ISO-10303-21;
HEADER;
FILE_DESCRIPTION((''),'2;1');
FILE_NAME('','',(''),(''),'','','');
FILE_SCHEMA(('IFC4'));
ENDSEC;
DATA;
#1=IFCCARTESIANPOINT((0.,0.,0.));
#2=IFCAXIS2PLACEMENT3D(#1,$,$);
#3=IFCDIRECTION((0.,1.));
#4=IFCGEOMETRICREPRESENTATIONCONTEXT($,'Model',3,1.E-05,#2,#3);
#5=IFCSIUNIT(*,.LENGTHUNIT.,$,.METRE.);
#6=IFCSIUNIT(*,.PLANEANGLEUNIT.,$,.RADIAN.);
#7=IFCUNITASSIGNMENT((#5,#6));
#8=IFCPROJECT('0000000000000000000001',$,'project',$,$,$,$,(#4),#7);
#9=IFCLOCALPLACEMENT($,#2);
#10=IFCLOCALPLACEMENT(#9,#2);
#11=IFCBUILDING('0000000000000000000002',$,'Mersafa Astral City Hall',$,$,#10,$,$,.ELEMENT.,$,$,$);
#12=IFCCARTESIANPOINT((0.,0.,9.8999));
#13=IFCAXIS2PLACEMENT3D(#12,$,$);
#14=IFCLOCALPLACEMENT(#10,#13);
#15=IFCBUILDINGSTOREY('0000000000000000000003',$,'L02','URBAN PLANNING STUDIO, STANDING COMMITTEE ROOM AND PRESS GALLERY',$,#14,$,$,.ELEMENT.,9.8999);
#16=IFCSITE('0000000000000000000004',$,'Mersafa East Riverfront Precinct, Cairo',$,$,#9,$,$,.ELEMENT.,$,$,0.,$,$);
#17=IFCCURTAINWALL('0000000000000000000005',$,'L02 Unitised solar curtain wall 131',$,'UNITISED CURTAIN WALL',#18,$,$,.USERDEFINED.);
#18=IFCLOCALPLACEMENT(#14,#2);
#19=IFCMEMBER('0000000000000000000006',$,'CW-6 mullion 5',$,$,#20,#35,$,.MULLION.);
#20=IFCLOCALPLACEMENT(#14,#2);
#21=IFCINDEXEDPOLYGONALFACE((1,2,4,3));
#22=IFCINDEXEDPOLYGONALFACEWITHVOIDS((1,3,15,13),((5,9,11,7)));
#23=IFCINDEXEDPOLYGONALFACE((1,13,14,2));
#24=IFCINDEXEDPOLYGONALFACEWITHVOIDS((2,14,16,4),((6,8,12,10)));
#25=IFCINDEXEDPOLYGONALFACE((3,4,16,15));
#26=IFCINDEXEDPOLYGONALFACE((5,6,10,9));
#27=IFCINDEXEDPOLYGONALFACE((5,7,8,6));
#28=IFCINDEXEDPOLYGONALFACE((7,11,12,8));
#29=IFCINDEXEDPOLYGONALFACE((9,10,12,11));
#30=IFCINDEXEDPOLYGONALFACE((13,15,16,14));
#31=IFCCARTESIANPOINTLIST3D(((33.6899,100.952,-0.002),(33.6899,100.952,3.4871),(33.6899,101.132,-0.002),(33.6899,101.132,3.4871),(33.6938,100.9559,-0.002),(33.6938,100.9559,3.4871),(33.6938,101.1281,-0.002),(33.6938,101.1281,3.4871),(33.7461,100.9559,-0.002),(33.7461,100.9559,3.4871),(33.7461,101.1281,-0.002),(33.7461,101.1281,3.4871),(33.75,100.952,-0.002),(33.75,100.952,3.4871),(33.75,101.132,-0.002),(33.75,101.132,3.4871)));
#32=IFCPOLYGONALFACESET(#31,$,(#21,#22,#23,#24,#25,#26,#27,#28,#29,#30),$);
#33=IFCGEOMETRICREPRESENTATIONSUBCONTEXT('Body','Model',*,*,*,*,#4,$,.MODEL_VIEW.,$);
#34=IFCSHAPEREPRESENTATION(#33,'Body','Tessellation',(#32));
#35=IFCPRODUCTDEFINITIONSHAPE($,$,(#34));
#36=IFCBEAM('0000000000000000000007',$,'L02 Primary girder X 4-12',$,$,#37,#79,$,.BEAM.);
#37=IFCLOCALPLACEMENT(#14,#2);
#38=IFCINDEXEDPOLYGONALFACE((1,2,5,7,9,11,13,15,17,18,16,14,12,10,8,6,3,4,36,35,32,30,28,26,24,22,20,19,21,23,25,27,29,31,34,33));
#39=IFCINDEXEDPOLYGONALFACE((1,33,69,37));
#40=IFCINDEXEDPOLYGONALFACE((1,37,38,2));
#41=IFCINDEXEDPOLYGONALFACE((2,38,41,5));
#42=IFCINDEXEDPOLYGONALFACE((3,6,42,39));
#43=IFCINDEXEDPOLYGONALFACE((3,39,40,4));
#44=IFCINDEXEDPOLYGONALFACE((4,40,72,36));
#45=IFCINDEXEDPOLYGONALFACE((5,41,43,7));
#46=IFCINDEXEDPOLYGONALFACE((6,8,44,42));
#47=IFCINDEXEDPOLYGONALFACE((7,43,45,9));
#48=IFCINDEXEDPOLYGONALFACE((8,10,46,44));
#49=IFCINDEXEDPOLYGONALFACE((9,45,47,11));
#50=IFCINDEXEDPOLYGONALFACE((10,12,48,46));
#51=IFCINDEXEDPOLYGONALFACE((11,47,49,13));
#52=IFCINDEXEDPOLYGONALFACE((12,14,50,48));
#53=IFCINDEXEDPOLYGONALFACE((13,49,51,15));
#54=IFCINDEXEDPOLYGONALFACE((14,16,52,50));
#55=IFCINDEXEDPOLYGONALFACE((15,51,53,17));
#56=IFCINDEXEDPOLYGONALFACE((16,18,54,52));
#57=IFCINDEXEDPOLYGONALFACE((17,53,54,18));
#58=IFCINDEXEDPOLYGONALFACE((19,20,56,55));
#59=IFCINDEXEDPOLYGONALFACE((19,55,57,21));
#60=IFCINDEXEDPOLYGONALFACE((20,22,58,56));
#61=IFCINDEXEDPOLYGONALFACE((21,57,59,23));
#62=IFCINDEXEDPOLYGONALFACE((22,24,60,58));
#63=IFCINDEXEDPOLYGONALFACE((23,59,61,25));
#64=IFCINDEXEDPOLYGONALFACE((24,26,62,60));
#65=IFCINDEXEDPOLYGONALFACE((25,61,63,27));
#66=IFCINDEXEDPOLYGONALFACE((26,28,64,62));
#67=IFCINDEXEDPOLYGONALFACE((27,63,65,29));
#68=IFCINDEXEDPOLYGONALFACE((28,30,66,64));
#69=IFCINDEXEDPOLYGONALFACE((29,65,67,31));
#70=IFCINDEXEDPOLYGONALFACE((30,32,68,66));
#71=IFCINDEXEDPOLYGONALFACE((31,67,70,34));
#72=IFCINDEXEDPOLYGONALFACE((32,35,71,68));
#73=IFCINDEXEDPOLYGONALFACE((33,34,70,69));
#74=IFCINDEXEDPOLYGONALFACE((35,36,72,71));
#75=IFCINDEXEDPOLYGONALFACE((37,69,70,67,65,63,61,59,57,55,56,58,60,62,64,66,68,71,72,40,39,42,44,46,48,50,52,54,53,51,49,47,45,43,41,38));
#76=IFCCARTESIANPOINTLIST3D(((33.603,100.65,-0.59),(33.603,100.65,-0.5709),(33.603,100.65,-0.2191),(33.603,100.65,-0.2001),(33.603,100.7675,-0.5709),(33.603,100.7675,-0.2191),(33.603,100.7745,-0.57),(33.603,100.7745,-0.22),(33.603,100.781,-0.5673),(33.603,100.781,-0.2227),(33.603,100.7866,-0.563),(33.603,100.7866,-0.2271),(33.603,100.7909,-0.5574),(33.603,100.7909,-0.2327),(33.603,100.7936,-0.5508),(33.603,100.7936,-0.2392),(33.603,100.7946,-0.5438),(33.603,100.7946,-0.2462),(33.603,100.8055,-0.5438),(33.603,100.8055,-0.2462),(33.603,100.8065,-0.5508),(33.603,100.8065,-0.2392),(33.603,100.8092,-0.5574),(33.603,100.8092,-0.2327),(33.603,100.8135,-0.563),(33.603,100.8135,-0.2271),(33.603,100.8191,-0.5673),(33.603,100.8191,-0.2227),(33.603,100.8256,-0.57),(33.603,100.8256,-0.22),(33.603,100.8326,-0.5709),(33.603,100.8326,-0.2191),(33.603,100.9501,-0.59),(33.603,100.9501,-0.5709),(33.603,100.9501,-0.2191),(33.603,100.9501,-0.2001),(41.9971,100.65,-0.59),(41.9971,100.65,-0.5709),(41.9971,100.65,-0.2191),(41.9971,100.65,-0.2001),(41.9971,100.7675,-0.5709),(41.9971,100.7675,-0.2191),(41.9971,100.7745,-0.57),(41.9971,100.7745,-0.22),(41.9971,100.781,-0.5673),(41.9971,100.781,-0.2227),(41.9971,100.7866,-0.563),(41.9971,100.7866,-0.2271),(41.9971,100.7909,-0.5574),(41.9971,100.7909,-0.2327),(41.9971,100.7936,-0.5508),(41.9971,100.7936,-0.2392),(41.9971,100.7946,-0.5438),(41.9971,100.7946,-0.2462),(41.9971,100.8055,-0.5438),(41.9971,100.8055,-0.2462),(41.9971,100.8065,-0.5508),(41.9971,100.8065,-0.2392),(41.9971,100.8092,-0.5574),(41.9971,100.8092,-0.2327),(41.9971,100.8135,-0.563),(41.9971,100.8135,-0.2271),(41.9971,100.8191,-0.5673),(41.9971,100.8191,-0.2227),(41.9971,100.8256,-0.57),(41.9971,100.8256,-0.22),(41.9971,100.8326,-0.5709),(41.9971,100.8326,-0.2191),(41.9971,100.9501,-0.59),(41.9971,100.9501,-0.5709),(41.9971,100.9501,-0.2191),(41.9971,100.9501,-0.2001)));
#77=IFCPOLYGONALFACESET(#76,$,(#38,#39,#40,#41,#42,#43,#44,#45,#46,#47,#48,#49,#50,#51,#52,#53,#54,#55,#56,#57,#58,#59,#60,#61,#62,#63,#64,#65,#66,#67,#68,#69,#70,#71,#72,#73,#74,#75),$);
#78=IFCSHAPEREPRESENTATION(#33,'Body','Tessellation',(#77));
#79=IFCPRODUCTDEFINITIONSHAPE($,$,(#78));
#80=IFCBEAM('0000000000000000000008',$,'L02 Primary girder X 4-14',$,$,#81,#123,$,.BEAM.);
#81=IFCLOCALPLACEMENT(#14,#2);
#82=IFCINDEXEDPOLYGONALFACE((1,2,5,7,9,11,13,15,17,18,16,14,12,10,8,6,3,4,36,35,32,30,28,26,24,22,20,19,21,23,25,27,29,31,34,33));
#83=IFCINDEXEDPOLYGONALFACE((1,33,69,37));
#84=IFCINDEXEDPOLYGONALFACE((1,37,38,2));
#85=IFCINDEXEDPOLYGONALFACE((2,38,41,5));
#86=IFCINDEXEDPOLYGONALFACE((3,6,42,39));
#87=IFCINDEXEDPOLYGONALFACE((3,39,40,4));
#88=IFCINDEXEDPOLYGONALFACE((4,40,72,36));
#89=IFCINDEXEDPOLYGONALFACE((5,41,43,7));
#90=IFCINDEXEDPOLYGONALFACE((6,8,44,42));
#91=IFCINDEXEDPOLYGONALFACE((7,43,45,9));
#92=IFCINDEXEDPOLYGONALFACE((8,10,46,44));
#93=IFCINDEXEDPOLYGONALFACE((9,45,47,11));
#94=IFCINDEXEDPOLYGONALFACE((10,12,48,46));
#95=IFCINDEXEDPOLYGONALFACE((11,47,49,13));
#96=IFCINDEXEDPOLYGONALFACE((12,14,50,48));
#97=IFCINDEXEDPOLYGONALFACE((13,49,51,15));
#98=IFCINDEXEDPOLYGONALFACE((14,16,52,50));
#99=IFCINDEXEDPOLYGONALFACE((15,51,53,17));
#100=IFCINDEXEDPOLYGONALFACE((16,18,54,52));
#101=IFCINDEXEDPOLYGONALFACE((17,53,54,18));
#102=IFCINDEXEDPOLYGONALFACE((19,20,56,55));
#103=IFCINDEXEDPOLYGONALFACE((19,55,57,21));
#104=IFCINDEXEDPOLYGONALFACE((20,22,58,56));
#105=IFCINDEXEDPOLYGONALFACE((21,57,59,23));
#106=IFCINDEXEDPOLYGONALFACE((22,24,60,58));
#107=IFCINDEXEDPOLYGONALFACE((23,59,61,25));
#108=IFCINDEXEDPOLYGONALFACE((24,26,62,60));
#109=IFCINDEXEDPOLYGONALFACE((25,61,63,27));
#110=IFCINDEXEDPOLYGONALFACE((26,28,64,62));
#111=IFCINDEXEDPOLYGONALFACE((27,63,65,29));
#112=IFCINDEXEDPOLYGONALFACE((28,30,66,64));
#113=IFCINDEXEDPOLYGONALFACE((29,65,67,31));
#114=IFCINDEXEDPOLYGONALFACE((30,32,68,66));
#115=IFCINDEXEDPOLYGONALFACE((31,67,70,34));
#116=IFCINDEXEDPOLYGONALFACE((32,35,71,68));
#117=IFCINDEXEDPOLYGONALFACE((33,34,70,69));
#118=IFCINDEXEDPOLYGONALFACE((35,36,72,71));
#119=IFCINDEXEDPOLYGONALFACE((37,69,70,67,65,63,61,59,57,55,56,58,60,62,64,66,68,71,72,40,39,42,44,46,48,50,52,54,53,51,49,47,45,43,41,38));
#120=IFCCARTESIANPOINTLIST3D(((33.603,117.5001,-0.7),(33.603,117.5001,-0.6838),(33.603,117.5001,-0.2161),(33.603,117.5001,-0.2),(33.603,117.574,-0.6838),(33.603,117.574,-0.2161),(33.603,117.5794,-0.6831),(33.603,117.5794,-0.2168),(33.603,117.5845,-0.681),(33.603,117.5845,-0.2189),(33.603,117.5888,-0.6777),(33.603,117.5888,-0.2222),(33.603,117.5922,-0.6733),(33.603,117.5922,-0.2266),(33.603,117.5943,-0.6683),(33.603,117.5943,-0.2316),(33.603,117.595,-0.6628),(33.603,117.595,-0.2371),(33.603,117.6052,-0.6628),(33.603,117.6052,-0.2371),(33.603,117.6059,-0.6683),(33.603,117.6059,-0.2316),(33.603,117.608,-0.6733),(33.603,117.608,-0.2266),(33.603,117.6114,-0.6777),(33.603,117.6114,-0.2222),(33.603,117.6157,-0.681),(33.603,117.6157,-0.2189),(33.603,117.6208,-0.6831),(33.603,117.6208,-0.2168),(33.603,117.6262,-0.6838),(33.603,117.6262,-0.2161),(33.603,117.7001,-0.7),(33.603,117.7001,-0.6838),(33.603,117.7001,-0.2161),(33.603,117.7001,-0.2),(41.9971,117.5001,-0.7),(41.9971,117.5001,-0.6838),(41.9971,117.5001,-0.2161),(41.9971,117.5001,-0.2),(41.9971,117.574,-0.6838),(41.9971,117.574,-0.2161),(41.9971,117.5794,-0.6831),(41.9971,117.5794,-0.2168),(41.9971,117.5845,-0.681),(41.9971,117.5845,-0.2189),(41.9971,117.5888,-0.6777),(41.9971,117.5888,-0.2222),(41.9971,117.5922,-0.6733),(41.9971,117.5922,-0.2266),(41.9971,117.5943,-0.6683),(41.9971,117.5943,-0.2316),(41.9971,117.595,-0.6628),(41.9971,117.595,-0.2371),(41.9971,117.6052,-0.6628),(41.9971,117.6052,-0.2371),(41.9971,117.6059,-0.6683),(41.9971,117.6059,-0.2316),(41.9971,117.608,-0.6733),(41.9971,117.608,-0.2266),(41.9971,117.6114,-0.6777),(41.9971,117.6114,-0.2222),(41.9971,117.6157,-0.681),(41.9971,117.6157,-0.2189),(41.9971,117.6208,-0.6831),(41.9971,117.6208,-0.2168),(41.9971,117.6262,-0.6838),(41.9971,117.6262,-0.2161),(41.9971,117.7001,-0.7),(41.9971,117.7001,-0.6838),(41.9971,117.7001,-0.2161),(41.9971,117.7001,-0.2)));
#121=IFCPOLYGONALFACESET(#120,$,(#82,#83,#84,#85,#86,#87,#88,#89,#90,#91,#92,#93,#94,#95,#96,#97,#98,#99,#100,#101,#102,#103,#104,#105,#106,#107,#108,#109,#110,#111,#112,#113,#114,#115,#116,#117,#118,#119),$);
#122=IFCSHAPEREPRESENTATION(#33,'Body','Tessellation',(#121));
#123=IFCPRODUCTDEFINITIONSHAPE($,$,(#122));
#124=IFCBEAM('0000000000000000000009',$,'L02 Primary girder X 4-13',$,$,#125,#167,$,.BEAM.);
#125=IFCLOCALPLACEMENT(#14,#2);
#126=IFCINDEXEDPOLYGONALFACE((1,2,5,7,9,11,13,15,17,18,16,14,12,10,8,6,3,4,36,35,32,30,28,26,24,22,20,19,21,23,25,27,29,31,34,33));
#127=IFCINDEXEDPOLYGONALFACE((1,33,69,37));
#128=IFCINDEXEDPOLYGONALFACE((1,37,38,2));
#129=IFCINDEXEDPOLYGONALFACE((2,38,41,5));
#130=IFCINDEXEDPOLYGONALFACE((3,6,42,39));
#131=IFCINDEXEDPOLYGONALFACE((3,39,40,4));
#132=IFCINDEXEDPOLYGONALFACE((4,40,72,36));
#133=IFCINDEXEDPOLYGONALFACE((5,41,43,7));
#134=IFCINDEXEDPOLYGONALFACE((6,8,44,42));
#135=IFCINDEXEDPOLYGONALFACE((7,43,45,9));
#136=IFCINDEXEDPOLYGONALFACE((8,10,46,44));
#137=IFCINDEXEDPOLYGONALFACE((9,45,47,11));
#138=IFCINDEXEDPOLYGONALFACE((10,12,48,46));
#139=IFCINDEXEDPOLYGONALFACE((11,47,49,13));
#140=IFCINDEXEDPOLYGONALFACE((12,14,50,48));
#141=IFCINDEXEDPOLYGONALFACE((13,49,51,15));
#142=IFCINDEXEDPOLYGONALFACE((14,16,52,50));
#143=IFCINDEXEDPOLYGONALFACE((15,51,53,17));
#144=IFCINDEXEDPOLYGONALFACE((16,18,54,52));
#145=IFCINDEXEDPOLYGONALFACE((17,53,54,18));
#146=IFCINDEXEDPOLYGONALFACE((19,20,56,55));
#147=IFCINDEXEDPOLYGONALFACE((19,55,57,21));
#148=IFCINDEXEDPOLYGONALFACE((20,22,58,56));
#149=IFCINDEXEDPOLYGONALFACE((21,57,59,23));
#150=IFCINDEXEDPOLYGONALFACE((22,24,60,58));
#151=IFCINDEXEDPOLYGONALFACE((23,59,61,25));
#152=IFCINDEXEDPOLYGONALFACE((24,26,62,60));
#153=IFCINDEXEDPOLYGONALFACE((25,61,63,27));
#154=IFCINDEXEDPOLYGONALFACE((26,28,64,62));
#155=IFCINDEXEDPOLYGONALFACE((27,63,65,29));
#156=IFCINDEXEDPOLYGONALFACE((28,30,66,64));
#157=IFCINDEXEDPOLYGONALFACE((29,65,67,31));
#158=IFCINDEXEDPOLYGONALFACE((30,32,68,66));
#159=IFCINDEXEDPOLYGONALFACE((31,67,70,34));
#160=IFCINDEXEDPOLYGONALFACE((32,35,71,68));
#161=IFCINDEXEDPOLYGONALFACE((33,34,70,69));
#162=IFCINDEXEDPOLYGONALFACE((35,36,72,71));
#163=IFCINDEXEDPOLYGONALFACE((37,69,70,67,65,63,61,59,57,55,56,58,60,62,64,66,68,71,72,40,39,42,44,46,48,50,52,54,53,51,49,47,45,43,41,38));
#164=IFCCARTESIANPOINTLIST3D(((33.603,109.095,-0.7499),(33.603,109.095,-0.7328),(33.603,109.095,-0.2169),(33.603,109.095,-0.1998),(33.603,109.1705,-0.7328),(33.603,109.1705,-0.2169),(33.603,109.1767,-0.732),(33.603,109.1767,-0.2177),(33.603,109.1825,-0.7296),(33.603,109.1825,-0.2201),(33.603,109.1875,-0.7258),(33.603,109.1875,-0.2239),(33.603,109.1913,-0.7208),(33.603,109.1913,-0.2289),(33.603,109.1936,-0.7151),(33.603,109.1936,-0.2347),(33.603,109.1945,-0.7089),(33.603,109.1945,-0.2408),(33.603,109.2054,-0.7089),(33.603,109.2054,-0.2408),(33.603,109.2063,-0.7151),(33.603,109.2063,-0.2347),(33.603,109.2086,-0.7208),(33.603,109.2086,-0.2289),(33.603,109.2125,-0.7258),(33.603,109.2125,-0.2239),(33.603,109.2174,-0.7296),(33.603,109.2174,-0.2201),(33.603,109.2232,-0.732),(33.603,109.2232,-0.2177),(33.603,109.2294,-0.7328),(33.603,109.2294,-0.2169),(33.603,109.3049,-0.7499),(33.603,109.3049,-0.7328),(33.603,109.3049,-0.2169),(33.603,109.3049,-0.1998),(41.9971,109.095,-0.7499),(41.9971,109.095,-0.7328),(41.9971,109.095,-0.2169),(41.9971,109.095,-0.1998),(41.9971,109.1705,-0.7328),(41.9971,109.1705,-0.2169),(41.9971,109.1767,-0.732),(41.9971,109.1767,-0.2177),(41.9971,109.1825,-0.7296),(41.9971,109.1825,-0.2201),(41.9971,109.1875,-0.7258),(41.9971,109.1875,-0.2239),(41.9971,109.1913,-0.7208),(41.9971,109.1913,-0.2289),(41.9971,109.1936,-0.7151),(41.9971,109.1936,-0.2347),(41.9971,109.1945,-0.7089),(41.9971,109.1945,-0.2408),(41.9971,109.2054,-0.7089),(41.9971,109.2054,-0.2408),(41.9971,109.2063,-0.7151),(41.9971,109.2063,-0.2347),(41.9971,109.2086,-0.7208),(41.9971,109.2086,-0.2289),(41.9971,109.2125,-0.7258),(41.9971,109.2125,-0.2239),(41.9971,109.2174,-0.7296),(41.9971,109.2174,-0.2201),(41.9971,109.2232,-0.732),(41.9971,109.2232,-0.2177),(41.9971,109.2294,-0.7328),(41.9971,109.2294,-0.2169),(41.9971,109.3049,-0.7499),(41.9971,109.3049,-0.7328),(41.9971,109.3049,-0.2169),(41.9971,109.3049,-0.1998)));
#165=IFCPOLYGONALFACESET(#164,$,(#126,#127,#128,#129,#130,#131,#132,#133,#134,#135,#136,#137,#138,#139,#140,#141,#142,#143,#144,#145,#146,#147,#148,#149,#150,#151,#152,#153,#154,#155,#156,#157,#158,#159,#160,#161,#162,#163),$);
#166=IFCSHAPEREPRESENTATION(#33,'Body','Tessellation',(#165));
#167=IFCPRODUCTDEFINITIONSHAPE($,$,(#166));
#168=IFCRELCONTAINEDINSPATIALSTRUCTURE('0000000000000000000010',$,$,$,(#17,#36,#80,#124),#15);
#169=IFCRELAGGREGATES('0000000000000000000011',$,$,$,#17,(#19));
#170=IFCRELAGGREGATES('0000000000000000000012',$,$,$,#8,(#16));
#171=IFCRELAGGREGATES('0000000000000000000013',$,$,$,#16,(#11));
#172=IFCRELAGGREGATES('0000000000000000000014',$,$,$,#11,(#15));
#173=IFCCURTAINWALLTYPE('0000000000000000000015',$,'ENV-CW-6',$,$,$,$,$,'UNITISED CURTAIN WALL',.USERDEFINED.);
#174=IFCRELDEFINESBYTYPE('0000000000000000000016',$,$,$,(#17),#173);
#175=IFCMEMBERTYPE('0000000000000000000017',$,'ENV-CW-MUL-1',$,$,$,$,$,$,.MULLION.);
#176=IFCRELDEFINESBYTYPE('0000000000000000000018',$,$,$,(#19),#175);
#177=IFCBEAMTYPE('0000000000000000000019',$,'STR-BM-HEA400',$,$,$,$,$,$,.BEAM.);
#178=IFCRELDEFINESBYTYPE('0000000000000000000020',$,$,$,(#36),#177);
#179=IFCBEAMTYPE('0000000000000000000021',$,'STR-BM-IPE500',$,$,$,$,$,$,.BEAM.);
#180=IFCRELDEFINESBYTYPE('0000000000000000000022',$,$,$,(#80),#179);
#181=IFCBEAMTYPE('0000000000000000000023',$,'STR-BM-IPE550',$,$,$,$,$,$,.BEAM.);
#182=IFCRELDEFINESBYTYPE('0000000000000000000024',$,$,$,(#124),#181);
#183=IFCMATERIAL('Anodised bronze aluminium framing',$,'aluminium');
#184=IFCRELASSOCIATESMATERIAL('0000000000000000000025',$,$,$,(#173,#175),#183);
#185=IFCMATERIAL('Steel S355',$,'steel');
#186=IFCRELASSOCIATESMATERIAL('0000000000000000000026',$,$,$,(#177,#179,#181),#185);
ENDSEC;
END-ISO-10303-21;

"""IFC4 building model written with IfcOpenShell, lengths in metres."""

from ifc_helpers import new_model, si_unit, direction, frame, origin, origin_2d, place, context, subcontext, project, spatial, hollow_rectangle, i_section, extrude, material, material_profile, profile_set, type_object, element, aggregate, save


model = new_model("IFC4")

# Units and contexts
model_context = context("Model", 3, precision=1e-05, world=origin(), true_north=direction((0.0, 1.0)))
body_context = subcontext(model_context, "Body", "Model", "MODEL_VIEW")
ifc_project = project(units=[si_unit("LENGTHUNIT", "METRE"), si_unit("PLANEANGLEUNIT", "RADIAN")], contexts=[model_context])

# Site, building, storey
site_placement = place(None, origin())
site = spatial("IfcSite", under=ifc_project, at=site_placement, Name="Mersafa East Riverfront Precinct, Cairo", CompositionType="ELEMENT", RefElevation=0.0)
building_placement = place(site_placement, origin())
building = spatial("IfcBuilding", under=site, at=building_placement, Name="Mersafa Astral City Hall", CompositionType="ELEMENT")
storey_placement = place(building_placement, frame((0.0, 0.0, 9.8999)))
storey = spatial("IfcBuildingStorey", under=building, at=storey_placement, Name="L02", Description="URBAN PLANNING STUDIO, STANDING COMMITTEE ROOM AND PRESS GALLERY", CompositionType="ELEMENT", Elevation=9.8999)

# Shared definitions
ifc_material_1 = material(Name="Steel S355", Category="steel")

# Curtain wall, member
ifc_material_2 = material(Name="Anodised bronze aluminium framing", Category="aluminium")
curtain_wall_type = type_object("IfcCurtainWallType", Name="ENV-CW-6", ElementType="UNITISED CURTAIN WALL", PredefinedType="USERDEFINED", material=ifc_material_2)
curtain_wall_placement = place(storey_placement, origin())
curtain_wall = element("IfcCurtainWall", 1, at=curtain_wall_placement, inside=storey, type_object=curtain_wall_type, Name="L02 Unitised solar curtain wall 131", ObjectType="UNITISED CURTAIN WALL", PredefinedType="USERDEFINED")
ifc_material_profile_1 = material_profile(ifc_material_2, hollow_rectangle(XDim=0.0601, YDim=0.1799, WallThickness=0.0039, at=origin_2d()), Name="RHS 60x180x4")
ifc_profile_set_1 = profile_set([ifc_material_profile_1], Name="Anodised bronze aluminium framing")
member_type = type_object("IfcMemberType", Name="ENV-CW-MUL-1", PredefinedType="MULLION", material=ifc_profile_set_1)
member_placement = place(storey_placement, frame((33.72, 101.042, -0.002), z_axis=(0.0, 0.0, 1.0), x_axis=(1.0, 0.0, 0.0)))
member = element("IfcMember", 2, at=member_placement, type_object=member_type, Name="CW-6 mullion 5", PredefinedType="MULLION", context=body_context, shape_type="SweptSolid", body=[
    extrude(hollow_rectangle(XDim=0.0601, YDim=0.1799, WallThickness=0.0039, at=origin_2d()), origin(), (0.0, 0.0, 1.0), 3.489),
])
aggregate(curtain_wall, [member])

# Beams
ifc_material_profile_2 = material_profile(ifc_material_1, i_section(OverallWidth=0.3, OverallDepth=0.3899, WebThickness=0.011, FlangeThickness=0.019, FilletRadius=0.0271, at=origin_2d()), Name="HEA 400")
ifc_profile_set_2 = profile_set([ifc_material_profile_2], Name="Steel S355")
beam_type_1 = type_object("IfcBeamType", Name="STR-BM-HEA400", PredefinedType="BEAM", material=ifc_profile_set_2)
beam_1_placement = place(storey_placement, frame((33.603, 100.8, -0.395), z_axis=(1.0, 0.0, 0.0), x_axis=(0.0, 1.0, 0.0)))
element("IfcBeam", 3, at=beam_1_placement, inside=storey, type_object=beam_type_1, Name="L02 Primary girder X 4-12", PredefinedType="BEAM", context=body_context, shape_type="SweptSolid", body=[
    extrude(i_section(OverallWidth=0.3, OverallDepth=0.3899, WebThickness=0.011, FlangeThickness=0.019, FilletRadius=0.0271, at=origin_2d()), origin(), (0.0, 0.0, 1.0), 8.394),
])
ifc_material_profile_3 = material_profile(ifc_material_1, i_section(OverallWidth=0.2, OverallDepth=0.5, WebThickness=0.0103, FlangeThickness=0.0161, FilletRadius=0.021, at=origin_2d()), Name="IPE 500")
ifc_profile_set_3 = profile_set([ifc_material_profile_3], Name="Steel S355")
beam_type_2 = type_object("IfcBeamType", Name="STR-BM-IPE500", PredefinedType="BEAM", material=ifc_profile_set_3)
beam_2_placement = place(storey_placement, frame((33.603, 117.6001, -0.45), z_axis=(1.0, 0.0, 0.0), x_axis=(0.0, 1.0, 0.0)))
element("IfcBeam", 4, at=beam_2_placement, inside=storey, type_object=beam_type_2, Name="L02 Primary girder X 4-14", PredefinedType="BEAM", context=body_context, shape_type="SweptSolid", body=[
    extrude(i_section(OverallWidth=0.2, OverallDepth=0.5, WebThickness=0.0103, FlangeThickness=0.0161, FilletRadius=0.021, at=origin_2d()), origin(), (0.0, 0.0, 1.0), 8.394),
])
ifc_material_profile_4 = material_profile(ifc_material_1, i_section(OverallWidth=0.21, OverallDepth=0.55, WebThickness=0.011, FlangeThickness=0.0171, FilletRadius=0.0239, at=origin_2d()), Name="IPE 550")
ifc_profile_set_4 = profile_set([ifc_material_profile_4], Name="Steel S355")
beam_type_3 = type_object("IfcBeamType", Name="STR-BM-IPE550", PredefinedType="BEAM", material=ifc_profile_set_4)
beam_3_placement = place(storey_placement, frame((33.603, 109.2, -0.4749), z_axis=(1.0, 0.0, 0.0), x_axis=(0.0, 1.0, 0.0)))
element("IfcBeam", 5, at=beam_3_placement, inside=storey, type_object=beam_type_3, Name="L02 Primary girder X 4-13", PredefinedType="BEAM", context=body_context, shape_type="SweptSolid", body=[
    extrude(i_section(OverallWidth=0.21, OverallDepth=0.55, WebThickness=0.011, FlangeThickness=0.0171, FilletRadius=0.0239, at=origin_2d()), origin(), (0.0, 0.0, 1.0), 8.394),
])

save(model, "model.ifc")
